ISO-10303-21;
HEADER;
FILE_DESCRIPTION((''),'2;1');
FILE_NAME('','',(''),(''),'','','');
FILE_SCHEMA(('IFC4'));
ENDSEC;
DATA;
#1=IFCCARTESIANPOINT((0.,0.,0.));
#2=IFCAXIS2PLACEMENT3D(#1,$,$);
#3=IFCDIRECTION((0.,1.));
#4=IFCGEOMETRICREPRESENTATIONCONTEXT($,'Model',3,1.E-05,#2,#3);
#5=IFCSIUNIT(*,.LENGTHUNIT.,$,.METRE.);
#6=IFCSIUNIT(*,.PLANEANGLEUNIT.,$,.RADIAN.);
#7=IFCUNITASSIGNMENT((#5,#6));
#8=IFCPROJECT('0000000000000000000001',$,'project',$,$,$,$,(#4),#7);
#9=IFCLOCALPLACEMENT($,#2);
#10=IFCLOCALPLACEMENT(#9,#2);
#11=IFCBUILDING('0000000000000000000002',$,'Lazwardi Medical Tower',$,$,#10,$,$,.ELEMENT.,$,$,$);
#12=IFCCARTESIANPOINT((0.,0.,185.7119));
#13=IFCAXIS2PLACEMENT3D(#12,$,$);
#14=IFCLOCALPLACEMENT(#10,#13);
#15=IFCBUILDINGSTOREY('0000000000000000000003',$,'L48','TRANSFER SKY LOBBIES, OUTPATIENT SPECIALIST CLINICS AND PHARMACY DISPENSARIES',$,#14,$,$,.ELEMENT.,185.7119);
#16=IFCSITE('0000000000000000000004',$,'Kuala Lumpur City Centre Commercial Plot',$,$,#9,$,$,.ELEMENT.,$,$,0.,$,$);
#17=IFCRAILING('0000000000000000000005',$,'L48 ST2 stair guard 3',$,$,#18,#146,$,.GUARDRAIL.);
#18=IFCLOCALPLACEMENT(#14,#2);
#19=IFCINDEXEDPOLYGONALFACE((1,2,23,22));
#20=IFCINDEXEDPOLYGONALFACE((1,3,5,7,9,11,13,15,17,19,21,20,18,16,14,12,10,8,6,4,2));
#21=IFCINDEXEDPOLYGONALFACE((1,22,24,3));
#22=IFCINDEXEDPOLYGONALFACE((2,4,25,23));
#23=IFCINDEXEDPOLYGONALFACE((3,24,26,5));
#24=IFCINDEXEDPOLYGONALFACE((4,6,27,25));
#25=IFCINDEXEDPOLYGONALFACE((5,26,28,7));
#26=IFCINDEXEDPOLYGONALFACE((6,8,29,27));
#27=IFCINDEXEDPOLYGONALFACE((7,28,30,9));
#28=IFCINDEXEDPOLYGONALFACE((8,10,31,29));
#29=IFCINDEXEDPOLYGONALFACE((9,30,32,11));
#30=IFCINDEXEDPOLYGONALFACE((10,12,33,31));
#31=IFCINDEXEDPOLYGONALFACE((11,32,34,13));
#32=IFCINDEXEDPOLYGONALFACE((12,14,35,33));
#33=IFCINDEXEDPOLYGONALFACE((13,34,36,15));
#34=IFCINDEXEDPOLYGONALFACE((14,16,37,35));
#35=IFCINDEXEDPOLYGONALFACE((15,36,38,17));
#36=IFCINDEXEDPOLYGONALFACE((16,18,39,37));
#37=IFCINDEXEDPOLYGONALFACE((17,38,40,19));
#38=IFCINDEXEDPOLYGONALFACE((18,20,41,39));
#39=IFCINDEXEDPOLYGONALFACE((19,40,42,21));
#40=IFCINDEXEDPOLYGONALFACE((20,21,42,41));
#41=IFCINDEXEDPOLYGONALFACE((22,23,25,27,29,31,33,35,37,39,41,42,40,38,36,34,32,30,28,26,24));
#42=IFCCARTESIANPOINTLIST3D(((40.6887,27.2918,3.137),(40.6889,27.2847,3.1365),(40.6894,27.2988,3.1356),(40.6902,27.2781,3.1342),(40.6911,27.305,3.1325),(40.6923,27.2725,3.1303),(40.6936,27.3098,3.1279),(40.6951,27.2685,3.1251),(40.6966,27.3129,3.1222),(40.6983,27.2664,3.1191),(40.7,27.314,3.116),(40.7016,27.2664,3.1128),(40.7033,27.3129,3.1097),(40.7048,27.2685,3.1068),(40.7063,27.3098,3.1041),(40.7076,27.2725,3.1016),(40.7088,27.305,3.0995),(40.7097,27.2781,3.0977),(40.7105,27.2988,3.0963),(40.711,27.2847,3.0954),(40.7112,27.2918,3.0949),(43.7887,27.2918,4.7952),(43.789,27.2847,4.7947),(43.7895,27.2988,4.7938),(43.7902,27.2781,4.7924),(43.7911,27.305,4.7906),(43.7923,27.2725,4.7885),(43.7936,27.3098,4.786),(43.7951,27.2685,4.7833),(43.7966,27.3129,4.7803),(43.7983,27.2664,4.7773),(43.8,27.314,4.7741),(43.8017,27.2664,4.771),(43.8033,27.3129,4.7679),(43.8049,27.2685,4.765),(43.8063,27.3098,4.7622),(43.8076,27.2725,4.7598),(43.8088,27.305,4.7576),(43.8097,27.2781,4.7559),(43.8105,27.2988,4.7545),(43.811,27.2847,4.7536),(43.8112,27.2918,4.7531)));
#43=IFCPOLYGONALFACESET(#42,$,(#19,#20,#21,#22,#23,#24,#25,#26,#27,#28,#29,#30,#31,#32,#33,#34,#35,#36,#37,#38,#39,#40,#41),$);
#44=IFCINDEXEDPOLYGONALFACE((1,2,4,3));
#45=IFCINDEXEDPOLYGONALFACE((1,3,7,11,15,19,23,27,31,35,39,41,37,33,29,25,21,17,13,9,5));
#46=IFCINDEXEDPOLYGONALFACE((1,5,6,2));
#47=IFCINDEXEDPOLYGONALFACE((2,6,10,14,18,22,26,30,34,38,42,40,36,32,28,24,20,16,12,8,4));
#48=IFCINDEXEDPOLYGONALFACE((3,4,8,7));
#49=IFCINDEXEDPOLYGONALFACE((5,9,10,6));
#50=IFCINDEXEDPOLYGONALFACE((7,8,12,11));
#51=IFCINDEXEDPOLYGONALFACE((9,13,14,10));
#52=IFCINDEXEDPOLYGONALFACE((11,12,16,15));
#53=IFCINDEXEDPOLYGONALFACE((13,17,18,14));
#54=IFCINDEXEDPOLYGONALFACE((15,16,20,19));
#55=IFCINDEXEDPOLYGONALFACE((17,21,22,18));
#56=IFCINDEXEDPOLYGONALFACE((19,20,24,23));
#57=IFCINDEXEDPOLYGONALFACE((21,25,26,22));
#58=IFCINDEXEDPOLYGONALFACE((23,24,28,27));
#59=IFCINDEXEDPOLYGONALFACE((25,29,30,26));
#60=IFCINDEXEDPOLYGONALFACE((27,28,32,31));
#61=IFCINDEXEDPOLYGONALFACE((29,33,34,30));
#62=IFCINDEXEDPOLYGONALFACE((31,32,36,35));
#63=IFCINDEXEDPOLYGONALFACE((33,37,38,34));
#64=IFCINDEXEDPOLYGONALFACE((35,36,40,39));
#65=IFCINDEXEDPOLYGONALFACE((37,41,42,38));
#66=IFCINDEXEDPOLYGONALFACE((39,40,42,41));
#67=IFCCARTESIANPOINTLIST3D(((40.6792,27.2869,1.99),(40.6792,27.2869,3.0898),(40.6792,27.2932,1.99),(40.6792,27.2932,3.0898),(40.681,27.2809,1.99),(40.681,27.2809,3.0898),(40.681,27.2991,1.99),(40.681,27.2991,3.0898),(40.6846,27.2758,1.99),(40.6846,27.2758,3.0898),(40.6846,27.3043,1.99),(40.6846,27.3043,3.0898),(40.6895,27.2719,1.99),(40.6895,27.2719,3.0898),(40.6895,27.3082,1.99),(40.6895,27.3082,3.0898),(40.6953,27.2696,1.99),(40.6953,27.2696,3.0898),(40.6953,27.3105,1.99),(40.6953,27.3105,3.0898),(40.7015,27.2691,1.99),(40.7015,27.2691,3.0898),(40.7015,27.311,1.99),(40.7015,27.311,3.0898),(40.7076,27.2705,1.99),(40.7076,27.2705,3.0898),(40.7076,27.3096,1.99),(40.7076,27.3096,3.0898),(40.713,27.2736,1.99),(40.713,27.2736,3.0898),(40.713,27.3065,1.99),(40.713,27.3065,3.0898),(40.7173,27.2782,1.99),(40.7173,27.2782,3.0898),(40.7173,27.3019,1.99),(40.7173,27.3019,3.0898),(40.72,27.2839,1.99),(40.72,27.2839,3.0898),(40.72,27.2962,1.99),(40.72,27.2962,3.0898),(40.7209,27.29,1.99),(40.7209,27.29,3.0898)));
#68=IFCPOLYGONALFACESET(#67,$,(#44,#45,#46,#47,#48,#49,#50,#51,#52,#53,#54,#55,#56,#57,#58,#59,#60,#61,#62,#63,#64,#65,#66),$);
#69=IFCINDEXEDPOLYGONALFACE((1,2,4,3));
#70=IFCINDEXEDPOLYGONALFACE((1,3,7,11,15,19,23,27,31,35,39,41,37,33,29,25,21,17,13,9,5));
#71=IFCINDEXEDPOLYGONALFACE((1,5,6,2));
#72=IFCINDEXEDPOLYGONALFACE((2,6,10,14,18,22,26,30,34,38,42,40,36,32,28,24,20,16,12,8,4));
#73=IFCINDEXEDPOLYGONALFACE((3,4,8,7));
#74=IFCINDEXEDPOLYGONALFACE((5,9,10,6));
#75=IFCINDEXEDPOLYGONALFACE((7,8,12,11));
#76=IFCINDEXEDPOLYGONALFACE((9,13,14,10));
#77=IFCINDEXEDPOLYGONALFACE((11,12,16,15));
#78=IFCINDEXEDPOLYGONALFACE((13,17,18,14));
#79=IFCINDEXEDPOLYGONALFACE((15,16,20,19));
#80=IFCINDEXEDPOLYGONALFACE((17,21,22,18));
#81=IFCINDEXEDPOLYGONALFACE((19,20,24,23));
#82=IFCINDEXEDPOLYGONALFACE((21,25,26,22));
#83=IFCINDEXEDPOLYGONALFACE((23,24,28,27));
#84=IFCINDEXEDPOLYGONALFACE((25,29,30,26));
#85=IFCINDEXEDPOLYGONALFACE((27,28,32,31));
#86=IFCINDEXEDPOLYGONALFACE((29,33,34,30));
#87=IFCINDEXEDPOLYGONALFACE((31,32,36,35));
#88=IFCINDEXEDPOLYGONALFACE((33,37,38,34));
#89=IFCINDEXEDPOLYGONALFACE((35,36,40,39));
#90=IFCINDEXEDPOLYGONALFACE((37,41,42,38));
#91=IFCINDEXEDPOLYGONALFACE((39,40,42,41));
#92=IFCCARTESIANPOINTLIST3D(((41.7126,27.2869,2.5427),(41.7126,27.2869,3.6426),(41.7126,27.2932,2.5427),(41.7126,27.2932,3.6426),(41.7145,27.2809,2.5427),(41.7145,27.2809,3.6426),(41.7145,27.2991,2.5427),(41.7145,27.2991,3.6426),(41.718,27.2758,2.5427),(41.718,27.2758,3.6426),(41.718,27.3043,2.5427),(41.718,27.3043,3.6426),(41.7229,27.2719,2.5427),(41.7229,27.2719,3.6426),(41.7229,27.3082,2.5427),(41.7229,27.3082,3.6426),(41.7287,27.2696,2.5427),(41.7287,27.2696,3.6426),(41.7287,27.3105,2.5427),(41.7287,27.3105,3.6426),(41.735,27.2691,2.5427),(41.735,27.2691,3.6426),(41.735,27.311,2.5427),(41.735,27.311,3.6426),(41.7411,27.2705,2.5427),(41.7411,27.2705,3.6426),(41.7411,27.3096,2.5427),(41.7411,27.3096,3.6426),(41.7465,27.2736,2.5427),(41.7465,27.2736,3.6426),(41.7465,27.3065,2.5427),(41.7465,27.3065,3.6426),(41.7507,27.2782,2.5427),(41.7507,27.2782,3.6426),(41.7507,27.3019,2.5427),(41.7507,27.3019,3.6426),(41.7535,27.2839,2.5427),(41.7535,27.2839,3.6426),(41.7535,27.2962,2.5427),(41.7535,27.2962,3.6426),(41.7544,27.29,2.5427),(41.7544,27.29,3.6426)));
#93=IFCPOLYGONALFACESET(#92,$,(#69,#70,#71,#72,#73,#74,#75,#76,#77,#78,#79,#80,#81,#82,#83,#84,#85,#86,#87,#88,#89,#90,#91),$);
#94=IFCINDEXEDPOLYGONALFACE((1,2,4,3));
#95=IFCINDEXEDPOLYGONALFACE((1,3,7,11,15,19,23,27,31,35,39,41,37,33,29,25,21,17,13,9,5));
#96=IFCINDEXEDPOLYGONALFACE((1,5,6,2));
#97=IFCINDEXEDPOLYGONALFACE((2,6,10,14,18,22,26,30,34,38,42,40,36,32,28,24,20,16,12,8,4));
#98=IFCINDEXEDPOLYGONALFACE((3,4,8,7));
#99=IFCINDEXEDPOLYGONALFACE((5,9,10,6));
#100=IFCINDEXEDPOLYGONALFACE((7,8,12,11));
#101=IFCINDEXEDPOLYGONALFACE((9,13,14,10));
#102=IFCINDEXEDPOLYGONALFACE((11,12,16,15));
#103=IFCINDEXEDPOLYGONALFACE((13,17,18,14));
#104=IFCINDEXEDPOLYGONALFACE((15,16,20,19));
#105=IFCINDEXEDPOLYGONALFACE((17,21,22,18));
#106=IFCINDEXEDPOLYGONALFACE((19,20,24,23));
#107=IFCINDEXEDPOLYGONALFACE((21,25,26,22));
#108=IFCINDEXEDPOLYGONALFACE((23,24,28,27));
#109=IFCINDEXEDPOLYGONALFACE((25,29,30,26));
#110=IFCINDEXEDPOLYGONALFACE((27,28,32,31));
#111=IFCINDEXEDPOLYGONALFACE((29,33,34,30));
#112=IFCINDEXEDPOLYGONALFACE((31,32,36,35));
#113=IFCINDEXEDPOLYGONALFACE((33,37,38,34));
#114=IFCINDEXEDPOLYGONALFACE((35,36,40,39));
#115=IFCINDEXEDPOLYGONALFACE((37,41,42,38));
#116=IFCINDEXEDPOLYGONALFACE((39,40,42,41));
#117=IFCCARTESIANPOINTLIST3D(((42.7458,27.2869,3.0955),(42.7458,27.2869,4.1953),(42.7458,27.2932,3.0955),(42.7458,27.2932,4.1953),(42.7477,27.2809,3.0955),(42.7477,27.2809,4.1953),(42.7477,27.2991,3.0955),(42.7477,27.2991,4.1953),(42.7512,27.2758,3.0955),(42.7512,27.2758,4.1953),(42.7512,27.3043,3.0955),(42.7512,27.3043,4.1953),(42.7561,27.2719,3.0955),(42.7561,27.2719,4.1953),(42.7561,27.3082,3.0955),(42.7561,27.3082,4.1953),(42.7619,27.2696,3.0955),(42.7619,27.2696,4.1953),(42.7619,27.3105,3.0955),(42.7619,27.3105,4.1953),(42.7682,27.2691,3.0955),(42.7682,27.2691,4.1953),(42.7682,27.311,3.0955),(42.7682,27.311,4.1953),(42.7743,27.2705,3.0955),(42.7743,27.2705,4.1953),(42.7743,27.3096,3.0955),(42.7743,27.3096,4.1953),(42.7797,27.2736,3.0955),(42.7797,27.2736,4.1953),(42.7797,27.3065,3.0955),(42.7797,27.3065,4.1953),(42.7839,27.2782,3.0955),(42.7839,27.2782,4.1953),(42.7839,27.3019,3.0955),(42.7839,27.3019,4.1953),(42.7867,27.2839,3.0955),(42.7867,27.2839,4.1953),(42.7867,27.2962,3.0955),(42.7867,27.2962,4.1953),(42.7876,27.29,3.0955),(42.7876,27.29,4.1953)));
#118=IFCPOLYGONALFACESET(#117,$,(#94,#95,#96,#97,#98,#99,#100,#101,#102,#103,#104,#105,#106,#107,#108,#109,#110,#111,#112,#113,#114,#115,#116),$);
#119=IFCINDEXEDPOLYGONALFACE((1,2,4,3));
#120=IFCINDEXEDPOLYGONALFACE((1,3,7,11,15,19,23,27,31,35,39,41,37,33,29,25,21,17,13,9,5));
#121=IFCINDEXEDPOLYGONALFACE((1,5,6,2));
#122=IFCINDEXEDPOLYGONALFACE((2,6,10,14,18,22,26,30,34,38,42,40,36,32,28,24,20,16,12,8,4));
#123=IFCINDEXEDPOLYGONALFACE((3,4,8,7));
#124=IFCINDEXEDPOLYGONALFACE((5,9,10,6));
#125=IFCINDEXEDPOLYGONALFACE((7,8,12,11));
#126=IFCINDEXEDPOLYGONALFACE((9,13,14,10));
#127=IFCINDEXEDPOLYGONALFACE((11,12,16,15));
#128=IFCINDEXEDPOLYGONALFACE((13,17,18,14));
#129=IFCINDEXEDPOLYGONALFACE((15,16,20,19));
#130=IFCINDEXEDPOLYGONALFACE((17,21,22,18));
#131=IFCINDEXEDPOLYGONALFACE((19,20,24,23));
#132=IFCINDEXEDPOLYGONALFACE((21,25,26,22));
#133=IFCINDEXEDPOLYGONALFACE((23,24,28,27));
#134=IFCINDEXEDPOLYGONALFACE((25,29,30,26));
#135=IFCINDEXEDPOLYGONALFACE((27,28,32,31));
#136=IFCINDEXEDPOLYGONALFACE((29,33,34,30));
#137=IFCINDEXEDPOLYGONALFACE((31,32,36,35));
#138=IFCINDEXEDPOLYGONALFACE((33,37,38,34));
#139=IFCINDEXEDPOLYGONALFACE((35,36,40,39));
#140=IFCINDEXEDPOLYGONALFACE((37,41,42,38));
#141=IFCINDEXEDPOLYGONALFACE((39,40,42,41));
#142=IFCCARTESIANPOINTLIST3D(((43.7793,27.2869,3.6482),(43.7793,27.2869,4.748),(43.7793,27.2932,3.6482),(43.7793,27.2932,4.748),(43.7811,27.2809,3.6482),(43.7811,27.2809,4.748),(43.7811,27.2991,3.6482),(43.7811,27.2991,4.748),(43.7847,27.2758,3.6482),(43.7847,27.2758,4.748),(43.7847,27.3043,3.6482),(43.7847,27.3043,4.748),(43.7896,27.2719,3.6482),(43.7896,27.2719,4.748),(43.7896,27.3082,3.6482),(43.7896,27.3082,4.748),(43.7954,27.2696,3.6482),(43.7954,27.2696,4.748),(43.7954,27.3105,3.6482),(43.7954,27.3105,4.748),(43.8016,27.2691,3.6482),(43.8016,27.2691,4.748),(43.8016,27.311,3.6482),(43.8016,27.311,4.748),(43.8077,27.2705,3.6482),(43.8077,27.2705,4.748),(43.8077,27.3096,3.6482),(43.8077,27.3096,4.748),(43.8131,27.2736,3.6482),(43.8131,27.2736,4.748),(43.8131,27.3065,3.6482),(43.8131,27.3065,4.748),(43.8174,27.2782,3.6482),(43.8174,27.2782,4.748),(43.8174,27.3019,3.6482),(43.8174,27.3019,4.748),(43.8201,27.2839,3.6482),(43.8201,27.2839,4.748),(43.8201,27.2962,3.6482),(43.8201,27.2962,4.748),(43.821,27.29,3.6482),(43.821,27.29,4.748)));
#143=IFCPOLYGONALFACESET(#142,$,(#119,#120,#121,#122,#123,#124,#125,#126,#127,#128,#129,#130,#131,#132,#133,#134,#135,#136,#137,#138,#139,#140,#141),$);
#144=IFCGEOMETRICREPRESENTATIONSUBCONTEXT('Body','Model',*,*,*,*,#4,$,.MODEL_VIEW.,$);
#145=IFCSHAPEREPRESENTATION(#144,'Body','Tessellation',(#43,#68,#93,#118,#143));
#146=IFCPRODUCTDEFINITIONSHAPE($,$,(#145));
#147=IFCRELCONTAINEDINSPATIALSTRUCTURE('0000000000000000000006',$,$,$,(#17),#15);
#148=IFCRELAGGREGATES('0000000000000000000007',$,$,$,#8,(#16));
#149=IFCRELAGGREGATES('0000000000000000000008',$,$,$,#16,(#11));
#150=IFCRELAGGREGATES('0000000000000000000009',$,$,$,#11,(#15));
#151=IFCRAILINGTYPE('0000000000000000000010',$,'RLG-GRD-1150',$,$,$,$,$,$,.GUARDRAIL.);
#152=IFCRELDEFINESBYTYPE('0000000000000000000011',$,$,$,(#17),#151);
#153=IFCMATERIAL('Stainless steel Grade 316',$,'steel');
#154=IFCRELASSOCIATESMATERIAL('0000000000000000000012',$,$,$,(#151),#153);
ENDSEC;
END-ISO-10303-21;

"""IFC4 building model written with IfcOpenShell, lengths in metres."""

from ifc_helpers import new_model, si_unit, direction, frame, origin, origin_2d, place, context, subcontext, project, spatial, circle, extrude, material, type_object, element, save


model = new_model("IFC4")

# Units and contexts
model_context = context("Model", 3, precision=1e-05, world=origin(), true_north=direction((0.0, 1.0)))
body_context = subcontext(model_context, "Body", "Model", "MODEL_VIEW")
ifc_project = project(units=[si_unit("LENGTHUNIT", "METRE"), si_unit("PLANEANGLEUNIT", "RADIAN")], contexts=[model_context])

# Site, building, storey
site_placement = place(None, origin())
site = spatial("IfcSite", under=ifc_project, at=site_placement, Name="Kuala Lumpur City Centre Commercial Plot", CompositionType="ELEMENT", RefElevation=0.0)
building_placement = place(site_placement, origin())
building = spatial("IfcBuilding", under=site, at=building_placement, Name="Lazwardi Medical Tower", CompositionType="ELEMENT")
storey_placement = place(building_placement, frame((0.0, 0.0, 185.7119)))
storey = spatial("IfcBuildingStorey", under=building, at=storey_placement, Name="L48", Description="TRANSFER SKY LOBBIES, OUTPATIENT SPECIALIST CLINICS AND PHARMACY DISPENSARIES", CompositionType="ELEMENT", Elevation=185.7119)

# Railing
ifc_material_1 = material(Name="Stainless steel Grade 316", Category="steel")
railing_type_1 = type_object("IfcRailingType", Name="RLG-GRD-1150", PredefinedType="GUARDRAIL", material=ifc_material_1)
railing_1_placement = place(storey_placement, frame((40.7, 27.29, 1.99)))
element("IfcRailing", 1, at=railing_1_placement, inside=storey, type_object=railing_type_1, Name="L48 ST2 stair guard 3", PredefinedType="GUARDRAIL", context=body_context, shape_type="SweptSolid", body=[
    extrude(circle(Radius=0.0239, at=origin_2d()), frame((0.0, 0.0, 1.126), z_axis=(0.881783, 0.0, 0.471655), x_axis=(0.0, 1.0, 0.0)), (0.0, 0.0, 1.0), 3.5156),
    extrude(circle(Radius=0.021, at=origin_2d()), origin(), (0.0, 0.0, 1.0), 1.0999),
    extrude(circle(Radius=0.021, at=origin_2d()), frame((1.0334, 0.0, 0.5527)), (0.0, 0.0, 1.0), 1.0999),
    extrude(circle(Radius=0.021, at=origin_2d()), frame((2.0667, 0.0, 1.1055)), (0.0, 0.0, 1.0), 1.0999),
    extrude(circle(Radius=0.021, at=origin_2d()), frame((3.1001, 0.0, 1.6582)), (0.0, 0.0, 1.0), 1.0999),
])

save(model, "model.ifc")
